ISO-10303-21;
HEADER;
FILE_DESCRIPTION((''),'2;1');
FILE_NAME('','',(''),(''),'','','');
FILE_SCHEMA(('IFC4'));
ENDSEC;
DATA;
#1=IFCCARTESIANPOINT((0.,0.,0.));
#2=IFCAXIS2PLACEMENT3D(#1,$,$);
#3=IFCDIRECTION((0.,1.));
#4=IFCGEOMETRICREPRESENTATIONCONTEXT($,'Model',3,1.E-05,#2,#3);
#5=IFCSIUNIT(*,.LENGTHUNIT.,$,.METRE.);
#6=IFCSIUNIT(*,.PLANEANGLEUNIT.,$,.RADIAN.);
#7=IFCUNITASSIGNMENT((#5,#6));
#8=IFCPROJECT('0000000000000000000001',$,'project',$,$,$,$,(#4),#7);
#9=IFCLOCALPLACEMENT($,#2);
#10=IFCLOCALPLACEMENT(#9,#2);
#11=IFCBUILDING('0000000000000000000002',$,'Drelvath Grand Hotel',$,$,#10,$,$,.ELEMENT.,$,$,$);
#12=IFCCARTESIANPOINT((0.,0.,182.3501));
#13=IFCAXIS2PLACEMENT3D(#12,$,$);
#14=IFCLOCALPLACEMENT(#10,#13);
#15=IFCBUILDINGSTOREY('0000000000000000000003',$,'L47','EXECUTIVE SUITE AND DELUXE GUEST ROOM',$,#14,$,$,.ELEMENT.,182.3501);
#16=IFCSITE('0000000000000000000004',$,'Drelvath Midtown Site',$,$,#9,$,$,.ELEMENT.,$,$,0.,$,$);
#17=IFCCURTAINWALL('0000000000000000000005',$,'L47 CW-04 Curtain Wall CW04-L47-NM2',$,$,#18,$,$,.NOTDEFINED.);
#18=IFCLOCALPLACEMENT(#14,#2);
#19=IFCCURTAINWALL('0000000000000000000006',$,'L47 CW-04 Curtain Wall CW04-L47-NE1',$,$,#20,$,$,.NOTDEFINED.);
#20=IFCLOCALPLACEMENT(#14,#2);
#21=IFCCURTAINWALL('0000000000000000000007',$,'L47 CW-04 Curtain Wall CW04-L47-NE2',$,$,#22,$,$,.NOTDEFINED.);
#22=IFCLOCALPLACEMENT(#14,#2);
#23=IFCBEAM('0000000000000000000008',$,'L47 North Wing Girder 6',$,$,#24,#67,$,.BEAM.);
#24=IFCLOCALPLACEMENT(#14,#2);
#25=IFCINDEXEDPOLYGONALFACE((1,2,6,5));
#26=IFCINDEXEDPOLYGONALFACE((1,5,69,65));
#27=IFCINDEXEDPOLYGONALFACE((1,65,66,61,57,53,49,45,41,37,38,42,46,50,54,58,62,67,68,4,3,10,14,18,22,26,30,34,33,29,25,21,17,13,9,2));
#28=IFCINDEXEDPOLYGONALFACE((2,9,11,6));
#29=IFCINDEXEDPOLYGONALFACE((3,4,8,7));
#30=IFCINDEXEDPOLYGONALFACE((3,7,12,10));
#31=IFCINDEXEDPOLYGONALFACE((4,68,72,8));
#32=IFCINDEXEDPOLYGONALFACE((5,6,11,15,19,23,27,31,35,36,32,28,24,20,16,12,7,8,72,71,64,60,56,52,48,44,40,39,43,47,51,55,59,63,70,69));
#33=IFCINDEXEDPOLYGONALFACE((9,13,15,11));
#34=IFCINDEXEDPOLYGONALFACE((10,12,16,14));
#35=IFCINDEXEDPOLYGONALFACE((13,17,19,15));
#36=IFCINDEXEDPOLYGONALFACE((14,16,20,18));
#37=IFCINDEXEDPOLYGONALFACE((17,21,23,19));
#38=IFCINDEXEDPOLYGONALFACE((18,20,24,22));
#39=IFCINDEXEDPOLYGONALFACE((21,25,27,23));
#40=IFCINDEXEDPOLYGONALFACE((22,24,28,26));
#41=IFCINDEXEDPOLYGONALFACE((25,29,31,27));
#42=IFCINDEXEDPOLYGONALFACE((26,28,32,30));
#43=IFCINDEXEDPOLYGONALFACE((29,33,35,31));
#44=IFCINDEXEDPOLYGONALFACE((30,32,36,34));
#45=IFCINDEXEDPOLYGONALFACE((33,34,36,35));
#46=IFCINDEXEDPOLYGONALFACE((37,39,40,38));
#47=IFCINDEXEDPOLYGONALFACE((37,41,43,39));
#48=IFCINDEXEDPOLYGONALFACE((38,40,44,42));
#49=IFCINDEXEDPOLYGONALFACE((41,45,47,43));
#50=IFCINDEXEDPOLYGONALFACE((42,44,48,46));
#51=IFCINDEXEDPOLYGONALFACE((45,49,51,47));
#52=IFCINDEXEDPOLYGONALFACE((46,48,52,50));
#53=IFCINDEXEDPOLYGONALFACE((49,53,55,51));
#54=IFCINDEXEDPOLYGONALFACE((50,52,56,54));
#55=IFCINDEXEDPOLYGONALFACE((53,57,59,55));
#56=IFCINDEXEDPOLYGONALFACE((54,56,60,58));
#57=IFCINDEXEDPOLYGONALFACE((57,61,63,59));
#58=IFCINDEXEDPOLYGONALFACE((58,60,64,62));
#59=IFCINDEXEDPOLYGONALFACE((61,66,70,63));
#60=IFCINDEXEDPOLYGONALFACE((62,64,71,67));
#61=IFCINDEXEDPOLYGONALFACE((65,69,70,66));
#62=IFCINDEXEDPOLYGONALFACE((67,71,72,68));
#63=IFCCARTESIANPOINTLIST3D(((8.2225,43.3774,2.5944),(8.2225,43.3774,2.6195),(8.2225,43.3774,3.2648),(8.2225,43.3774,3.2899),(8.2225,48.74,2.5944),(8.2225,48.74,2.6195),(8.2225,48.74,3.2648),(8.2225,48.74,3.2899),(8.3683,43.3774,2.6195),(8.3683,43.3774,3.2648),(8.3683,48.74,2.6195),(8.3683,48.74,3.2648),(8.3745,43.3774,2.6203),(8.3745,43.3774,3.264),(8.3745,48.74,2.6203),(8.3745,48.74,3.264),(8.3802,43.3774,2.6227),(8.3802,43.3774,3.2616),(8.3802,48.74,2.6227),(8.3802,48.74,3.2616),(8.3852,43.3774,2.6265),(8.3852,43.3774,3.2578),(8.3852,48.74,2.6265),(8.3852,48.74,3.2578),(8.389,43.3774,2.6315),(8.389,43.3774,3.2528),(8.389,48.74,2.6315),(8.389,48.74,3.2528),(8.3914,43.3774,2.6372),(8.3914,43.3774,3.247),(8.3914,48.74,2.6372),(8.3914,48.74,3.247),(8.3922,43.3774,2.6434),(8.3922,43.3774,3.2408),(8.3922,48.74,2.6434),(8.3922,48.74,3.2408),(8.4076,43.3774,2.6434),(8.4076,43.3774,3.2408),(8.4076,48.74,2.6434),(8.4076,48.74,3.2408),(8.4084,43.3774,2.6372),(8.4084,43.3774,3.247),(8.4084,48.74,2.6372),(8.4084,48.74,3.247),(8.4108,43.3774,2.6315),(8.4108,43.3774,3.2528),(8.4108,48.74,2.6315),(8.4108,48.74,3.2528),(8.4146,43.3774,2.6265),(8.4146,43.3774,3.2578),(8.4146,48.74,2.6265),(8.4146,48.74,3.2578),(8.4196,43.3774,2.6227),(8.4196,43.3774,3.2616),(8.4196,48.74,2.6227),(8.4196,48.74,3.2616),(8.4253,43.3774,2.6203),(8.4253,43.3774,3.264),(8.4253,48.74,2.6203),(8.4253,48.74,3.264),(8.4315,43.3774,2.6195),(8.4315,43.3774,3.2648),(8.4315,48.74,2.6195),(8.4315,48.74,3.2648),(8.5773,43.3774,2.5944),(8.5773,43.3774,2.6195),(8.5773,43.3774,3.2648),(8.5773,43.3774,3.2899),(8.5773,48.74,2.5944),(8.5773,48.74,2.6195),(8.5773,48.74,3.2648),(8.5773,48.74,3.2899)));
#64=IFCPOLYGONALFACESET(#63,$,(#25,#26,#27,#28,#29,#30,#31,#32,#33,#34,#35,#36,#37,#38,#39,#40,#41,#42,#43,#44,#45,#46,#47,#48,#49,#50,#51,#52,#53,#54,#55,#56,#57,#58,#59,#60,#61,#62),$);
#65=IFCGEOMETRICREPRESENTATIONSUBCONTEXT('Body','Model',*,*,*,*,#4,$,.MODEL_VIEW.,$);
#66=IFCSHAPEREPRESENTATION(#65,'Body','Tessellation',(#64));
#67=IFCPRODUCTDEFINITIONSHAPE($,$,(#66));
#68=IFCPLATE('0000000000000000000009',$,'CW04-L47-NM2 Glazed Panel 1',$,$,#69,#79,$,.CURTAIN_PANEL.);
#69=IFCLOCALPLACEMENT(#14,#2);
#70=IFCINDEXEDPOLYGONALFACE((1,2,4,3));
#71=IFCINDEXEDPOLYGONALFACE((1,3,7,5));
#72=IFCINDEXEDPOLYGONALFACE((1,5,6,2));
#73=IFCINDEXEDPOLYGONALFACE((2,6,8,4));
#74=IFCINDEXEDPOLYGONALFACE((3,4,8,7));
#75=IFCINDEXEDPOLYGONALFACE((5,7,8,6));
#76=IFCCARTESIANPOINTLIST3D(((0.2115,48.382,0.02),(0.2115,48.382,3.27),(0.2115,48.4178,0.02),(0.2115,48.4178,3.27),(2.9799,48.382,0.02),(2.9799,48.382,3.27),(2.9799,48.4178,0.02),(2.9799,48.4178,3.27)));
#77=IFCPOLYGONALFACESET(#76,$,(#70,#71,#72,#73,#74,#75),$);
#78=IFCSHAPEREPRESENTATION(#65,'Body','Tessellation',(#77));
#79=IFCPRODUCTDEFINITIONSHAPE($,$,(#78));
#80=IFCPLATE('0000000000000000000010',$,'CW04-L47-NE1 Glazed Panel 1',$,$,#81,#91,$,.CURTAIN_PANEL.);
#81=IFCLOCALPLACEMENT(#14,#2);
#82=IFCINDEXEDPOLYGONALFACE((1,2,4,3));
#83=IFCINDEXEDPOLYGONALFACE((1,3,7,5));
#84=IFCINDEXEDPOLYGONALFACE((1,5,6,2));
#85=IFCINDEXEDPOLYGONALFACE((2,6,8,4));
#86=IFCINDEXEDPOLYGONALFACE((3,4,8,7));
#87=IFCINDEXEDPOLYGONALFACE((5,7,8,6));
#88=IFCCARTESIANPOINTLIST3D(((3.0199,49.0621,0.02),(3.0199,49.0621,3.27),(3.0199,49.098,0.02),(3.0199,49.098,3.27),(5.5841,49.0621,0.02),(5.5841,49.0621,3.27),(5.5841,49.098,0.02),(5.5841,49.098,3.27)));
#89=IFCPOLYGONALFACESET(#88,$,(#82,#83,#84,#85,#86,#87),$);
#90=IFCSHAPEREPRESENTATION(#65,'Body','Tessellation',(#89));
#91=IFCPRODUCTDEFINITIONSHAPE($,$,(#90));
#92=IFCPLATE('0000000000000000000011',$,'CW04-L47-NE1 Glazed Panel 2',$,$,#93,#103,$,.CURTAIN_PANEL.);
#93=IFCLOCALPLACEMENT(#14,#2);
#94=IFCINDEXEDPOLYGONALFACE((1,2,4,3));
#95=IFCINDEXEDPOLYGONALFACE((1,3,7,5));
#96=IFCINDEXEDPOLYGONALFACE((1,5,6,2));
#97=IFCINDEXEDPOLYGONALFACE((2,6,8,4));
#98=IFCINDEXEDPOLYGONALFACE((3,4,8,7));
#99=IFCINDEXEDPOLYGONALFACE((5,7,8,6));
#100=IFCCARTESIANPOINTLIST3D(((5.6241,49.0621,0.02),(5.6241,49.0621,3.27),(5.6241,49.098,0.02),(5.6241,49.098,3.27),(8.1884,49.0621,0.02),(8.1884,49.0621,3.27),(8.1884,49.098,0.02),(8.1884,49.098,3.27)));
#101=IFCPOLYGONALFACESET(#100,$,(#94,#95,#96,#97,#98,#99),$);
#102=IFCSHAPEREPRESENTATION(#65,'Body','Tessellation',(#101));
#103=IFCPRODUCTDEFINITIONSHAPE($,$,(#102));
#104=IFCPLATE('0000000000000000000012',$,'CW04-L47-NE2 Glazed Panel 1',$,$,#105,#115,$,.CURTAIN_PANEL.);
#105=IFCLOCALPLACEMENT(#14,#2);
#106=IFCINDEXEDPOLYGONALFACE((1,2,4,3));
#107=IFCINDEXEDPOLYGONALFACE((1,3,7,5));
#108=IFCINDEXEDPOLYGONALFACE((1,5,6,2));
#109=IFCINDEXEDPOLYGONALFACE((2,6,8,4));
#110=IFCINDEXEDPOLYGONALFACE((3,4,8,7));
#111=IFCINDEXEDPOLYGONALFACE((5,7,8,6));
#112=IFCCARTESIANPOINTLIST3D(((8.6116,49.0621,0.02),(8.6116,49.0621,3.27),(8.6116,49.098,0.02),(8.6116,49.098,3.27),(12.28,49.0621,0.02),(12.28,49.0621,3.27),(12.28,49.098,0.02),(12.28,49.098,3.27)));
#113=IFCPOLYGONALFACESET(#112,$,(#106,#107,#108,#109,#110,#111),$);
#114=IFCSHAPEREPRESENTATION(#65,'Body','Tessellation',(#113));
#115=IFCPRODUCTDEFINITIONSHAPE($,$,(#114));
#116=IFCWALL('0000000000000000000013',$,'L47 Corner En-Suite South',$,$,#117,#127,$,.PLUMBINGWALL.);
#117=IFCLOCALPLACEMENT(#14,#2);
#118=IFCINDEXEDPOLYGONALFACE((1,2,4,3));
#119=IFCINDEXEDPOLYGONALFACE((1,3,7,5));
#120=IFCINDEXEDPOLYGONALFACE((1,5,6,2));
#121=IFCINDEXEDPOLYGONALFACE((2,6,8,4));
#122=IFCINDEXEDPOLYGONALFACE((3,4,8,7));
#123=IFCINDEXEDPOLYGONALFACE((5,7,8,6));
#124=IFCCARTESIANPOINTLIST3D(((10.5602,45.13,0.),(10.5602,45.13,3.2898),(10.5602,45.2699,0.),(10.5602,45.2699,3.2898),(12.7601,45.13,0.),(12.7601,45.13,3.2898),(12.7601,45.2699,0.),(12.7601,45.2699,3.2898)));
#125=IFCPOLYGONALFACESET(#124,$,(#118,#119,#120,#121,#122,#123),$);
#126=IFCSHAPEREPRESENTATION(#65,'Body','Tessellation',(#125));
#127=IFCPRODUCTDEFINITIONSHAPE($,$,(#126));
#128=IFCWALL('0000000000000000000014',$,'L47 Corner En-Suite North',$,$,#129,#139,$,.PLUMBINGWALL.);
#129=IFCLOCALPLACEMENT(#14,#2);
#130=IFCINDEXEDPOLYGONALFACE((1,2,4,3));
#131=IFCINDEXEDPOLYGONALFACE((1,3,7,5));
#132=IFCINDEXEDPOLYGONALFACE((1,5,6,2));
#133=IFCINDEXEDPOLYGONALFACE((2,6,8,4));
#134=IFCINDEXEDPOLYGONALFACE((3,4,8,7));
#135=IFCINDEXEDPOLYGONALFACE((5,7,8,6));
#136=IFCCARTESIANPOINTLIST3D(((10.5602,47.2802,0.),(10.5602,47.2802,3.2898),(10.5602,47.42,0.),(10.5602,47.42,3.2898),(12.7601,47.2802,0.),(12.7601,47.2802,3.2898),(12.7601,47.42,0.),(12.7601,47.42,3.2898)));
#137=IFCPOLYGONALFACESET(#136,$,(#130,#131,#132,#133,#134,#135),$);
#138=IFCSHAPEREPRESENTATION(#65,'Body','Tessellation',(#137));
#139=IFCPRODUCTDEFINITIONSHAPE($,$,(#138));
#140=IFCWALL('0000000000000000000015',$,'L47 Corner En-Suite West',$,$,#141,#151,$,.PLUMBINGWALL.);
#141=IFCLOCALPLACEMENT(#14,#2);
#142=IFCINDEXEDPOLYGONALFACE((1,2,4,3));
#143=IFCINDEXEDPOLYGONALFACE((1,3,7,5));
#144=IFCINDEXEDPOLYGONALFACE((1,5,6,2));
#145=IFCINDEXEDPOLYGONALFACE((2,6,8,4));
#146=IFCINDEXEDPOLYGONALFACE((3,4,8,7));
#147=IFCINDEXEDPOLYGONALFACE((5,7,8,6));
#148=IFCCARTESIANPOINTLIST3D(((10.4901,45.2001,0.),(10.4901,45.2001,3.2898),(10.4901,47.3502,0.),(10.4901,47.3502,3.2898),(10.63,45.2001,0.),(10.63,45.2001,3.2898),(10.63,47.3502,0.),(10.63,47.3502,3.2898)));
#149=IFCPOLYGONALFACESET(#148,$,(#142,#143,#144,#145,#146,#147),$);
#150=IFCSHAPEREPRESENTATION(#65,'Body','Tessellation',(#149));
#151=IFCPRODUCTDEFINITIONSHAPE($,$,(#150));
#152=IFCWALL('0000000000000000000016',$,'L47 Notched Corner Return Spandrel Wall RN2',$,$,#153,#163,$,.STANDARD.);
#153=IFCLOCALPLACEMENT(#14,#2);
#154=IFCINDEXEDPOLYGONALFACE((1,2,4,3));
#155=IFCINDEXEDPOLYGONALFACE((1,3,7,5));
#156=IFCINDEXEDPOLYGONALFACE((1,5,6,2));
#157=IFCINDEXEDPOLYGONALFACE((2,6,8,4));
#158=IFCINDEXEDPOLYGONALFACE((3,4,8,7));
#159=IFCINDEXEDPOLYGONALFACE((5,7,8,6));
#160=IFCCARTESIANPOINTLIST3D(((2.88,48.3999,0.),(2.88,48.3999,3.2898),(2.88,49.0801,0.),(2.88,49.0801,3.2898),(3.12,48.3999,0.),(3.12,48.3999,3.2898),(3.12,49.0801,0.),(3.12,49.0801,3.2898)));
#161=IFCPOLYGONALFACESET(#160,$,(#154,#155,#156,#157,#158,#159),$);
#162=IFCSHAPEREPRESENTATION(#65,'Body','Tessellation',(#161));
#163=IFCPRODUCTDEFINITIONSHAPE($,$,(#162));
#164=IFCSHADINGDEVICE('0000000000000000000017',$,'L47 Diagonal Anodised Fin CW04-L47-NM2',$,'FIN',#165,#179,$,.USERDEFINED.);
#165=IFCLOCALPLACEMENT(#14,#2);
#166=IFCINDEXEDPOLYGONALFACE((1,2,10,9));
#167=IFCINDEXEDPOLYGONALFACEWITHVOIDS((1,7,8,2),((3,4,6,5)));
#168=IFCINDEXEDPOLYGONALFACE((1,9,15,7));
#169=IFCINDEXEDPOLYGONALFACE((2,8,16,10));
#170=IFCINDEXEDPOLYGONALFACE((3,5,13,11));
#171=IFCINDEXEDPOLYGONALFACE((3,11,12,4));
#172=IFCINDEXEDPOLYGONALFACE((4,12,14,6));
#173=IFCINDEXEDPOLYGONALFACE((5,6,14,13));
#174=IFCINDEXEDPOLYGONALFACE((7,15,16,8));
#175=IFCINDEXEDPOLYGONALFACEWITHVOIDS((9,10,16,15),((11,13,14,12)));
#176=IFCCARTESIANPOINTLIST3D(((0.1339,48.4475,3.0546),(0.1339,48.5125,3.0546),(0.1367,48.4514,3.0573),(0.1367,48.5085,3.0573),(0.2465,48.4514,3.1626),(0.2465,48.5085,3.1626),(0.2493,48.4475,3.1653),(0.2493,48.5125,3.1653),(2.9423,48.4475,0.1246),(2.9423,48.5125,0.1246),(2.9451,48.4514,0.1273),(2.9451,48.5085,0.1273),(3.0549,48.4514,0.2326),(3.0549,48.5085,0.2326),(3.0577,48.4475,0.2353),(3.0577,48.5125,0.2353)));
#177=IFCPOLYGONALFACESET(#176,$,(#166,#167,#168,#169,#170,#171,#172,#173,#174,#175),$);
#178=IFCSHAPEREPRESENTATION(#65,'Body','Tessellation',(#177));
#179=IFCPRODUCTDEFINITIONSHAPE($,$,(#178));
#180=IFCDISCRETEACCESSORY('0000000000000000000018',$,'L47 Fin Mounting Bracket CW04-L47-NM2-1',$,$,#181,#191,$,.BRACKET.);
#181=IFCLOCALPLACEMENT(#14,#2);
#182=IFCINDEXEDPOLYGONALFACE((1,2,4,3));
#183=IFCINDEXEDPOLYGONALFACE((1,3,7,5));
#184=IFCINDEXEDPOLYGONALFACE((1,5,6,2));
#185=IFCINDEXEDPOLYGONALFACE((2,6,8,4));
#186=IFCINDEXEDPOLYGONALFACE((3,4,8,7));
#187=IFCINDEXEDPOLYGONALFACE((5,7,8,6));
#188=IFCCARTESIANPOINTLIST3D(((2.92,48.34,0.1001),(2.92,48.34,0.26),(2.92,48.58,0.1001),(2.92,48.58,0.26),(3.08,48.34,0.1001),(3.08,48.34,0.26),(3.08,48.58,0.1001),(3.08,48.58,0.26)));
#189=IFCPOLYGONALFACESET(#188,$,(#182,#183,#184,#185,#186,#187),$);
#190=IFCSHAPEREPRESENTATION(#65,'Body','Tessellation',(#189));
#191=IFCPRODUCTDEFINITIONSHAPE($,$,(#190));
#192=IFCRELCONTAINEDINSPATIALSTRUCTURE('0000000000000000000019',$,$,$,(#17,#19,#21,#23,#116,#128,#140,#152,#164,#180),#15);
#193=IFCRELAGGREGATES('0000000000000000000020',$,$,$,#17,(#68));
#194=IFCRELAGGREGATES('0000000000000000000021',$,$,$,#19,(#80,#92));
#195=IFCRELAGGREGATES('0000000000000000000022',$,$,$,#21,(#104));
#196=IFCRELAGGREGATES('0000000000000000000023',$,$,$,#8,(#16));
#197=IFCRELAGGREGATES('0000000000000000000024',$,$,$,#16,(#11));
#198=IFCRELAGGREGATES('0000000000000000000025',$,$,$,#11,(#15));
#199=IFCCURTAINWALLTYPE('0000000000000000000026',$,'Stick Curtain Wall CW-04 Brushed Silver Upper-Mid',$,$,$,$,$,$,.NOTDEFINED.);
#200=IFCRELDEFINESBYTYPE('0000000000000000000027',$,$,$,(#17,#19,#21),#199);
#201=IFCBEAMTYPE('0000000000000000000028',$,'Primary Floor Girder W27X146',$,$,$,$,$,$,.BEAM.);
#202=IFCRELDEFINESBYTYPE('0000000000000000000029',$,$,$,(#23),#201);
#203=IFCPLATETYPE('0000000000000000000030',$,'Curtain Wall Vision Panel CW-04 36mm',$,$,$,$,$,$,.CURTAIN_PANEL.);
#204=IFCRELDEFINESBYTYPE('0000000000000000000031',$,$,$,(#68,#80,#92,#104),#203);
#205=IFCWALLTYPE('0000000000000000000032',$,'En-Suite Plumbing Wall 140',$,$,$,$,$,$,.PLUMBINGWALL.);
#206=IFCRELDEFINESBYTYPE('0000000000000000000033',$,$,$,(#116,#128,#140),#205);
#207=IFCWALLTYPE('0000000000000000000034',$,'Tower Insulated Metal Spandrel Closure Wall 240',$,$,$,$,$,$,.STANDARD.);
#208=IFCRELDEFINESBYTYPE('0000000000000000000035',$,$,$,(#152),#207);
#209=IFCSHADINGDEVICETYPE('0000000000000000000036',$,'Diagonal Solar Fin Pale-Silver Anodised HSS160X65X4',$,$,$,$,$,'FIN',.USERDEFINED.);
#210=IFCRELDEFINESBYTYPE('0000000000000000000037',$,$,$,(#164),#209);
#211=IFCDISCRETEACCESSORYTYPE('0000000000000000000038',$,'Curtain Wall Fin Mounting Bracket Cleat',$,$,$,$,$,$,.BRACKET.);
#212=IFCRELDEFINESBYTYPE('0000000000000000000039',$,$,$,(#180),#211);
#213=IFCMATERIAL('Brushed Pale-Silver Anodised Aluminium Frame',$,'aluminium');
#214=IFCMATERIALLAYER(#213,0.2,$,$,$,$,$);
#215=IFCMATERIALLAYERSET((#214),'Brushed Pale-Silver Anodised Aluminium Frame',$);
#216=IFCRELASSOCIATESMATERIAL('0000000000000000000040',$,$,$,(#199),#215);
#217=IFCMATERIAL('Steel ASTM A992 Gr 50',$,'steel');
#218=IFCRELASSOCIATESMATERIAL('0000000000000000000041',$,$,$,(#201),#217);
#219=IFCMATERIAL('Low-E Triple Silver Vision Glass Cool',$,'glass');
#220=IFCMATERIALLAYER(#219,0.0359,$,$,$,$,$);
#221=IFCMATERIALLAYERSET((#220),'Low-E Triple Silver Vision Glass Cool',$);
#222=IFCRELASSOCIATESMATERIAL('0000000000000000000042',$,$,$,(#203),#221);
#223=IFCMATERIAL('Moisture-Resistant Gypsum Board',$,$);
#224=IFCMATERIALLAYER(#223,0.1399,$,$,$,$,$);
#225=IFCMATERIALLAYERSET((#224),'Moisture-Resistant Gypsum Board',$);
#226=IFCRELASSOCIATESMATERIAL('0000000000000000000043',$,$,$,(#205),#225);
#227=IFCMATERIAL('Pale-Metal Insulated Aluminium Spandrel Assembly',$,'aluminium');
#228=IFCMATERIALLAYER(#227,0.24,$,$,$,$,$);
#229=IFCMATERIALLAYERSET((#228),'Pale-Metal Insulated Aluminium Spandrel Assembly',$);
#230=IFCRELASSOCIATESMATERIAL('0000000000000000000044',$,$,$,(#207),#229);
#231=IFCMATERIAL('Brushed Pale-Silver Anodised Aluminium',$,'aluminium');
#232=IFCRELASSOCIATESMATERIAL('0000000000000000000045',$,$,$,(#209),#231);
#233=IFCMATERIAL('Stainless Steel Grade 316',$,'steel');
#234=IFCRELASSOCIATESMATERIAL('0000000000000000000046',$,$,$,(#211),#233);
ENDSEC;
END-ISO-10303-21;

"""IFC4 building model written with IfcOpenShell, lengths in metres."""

from ifc_helpers import new_model, si_unit, direction, frame, frame_2d, origin, origin_2d, place, context, subcontext, project, spatial, rectangle, hollow_rectangle, i_section, extrude, material, layer, layer_set, material_profile, profile_set, type_object, element, aggregate, save


model = new_model("IFC4")

# Units and contexts
model_context = context("Model", 3, precision=1e-05, world=origin(), true_north=direction((0.0, 1.0)))
body_context = subcontext(model_context, "Body", "Model", "MODEL_VIEW")
ifc_project = project(units=[si_unit("LENGTHUNIT", "METRE"), si_unit("PLANEANGLEUNIT", "RADIAN")], contexts=[model_context])

# Site, building, storey
site_placement = place(None, origin())
site = spatial("IfcSite", under=ifc_project, at=site_placement, Name="Drelvath Midtown Site", CompositionType="ELEMENT", RefElevation=0.0)
building_placement = place(site_placement, origin())
building = spatial("IfcBuilding", under=site, at=building_placement, Name="Drelvath Grand Hotel", CompositionType="ELEMENT")
storey_placement = place(building_placement, frame((0.0, 0.0, 182.3501)))
storey = spatial("IfcBuildingStorey", under=building, at=storey_placement, Name="L47", Description="EXECUTIVE SUITE AND DELUXE GUEST ROOM", CompositionType="ELEMENT", Elevation=182.3501)

# Curtain walls
ifc_material_1 = material(Name="Brushed Pale-Silver Anodised Aluminium Frame", Category="aluminium")
ifc_layer_1 = layer(ifc_material_1, 0.2)
ifc_layer_set_1 = layer_set([ifc_layer_1], Name="Brushed Pale-Silver Anodised Aluminium Frame")
curtain_wall_type = type_object("IfcCurtainWallType", Name="Stick Curtain Wall CW-04 Brushed Silver Upper-Mid", PredefinedType="NOTDEFINED", material=ifc_layer_set_1)
curtain_wall_1_placement = place(storey_placement, origin())
curtain_wall_1 = element("IfcCurtainWall", 1, at=curtain_wall_1_placement, inside=storey, type_object=curtain_wall_type, Name="L47 CW-04 Curtain Wall CW04-L47-NM2", PredefinedType="NOTDEFINED")
curtain_wall_2_placement = place(storey_placement, origin())
curtain_wall_2 = element("IfcCurtainWall", 2, at=curtain_wall_2_placement, inside=storey, type_object=curtain_wall_type, Name="L47 CW-04 Curtain Wall CW04-L47-NE1", PredefinedType="NOTDEFINED")
curtain_wall_3_placement = place(storey_placement, origin())
curtain_wall_3 = element("IfcCurtainWall", 3, at=curtain_wall_3_placement, inside=storey, type_object=curtain_wall_type, Name="L47 CW-04 Curtain Wall CW04-L47-NE2", PredefinedType="NOTDEFINED")

# Beam
ifc_material_2 = material(Name="Steel ASTM A992 Gr 50", Category="steel")
ifc_material_profile_1 = material_profile(ifc_material_2, i_section(OverallWidth=0.3547, OverallDepth=0.6956, WebThickness=0.0154, FlangeThickness=0.0251, FilletRadius=0.0239, at=origin_2d()), Name="W27X146")
ifc_profile_set_1 = profile_set([ifc_material_profile_1], Name="Steel ASTM A992 Gr 50")
beam_type_1 = type_object("IfcBeamType", Name="Primary Floor Girder W27X146", PredefinedType="BEAM", material=ifc_profile_set_1)
beam_1_placement = place(storey_placement, frame((8.3999, 43.3774, 2.9421), z_axis=(0.0, 1.0, 0.0), x_axis=(-1.0, 0.0, 0.0)))
element("IfcBeam", 4, at=beam_1_placement, inside=storey, type_object=beam_type_1, Name="L47 North Wing Girder 6", PredefinedType="BEAM", context=body_context, shape_type="SweptSolid", body=[
    extrude(i_section(OverallWidth=0.3547, OverallDepth=0.6956, WebThickness=0.0154, FlangeThickness=0.0251, FilletRadius=0.0239, at=origin_2d()), origin(), (0.0, 0.0, 1.0), 5.3625),
])

# Plates
ifc_material_3 = material(Name="Low-E Triple Silver Vision Glass Cool", Category="glass")
ifc_layer_2 = layer(ifc_material_3, 0.0359)
ifc_layer_set_2 = layer_set([ifc_layer_2], Name="Low-E Triple Silver Vision Glass Cool")
plate_type = type_object("IfcPlateType", Name="Curtain Wall Vision Panel CW-04 36mm", PredefinedType="CURTAIN_PANEL", material=ifc_layer_set_2)
plate_1_placement = place(storey_placement, frame((1.5957, 48.3999, 0.02), z_axis=(0.0, 0.0, 1.0), x_axis=(1.0, 0.0, 0.0)))
plate_1 = element("IfcPlate", 5, at=plate_1_placement, type_object=plate_type, Name="CW04-L47-NM2 Glazed Panel 1", PredefinedType="CURTAIN_PANEL", context=body_context, shape_type="SweptSolid", body=[
    extrude(rectangle(XDim=2.7683, YDim=0.0359, at=origin_2d()), origin(), (0.0, 0.0, 1.0), 3.25),
])
aggregate(curtain_wall_1, [plate_1])
plate_2_placement = place(storey_placement, frame((4.302, 49.0801, 0.02), z_axis=(0.0, 0.0, 1.0), x_axis=(1.0, 0.0, 0.0)))
plate_2 = element("IfcPlate", 6, at=plate_2_placement, type_object=plate_type, Name="CW04-L47-NE1 Glazed Panel 1", PredefinedType="CURTAIN_PANEL", context=body_context, shape_type="SweptSolid", body=[
    extrude(rectangle(XDim=2.5642, YDim=0.0359, at=origin_2d()), origin(), (0.0, 0.0, 1.0), 3.25),
])
plate_3_placement = place(storey_placement, frame((6.9062, 49.0801, 0.02), z_axis=(0.0, 0.0, 1.0), x_axis=(1.0, 0.0, 0.0)))
plate_3 = element("IfcPlate", 7, at=plate_3_placement, type_object=plate_type, Name="CW04-L47-NE1 Glazed Panel 2", PredefinedType="CURTAIN_PANEL", context=body_context, shape_type="SweptSolid", body=[
    extrude(rectangle(XDim=2.5642, YDim=0.0359, at=origin_2d()), origin(), (0.0, 0.0, 1.0), 3.25),
])
aggregate(curtain_wall_2, [plate_2, plate_3])
plate_4_placement = place(storey_placement, frame((10.4458, 49.0801, 0.02), z_axis=(0.0, 0.0, 1.0), x_axis=(1.0, 0.0, 0.0)))
plate_4 = element("IfcPlate", 8, at=plate_4_placement, type_object=plate_type, Name="CW04-L47-NE2 Glazed Panel 1", PredefinedType="CURTAIN_PANEL", context=body_context, shape_type="SweptSolid", body=[
    extrude(rectangle(XDim=3.6685, YDim=0.0359, at=origin_2d()), origin(), (0.0, 0.0, 1.0), 3.25),
])
aggregate(curtain_wall_3, [plate_4])

# Walls
ifc_material_4 = material(Name="Moisture-Resistant Gypsum Board")
ifc_layer_3 = layer(ifc_material_4, 0.1399)
ifc_layer_set_3 = layer_set([ifc_layer_3], Name="Moisture-Resistant Gypsum Board")
wall_type_1 = type_object("IfcWallType", Name="En-Suite Plumbing Wall 140", PredefinedType="PLUMBINGWALL", material=ifc_layer_set_3)
for number, where, z_axis, x_axis, name in (
    (9, (10.5601, 45.2, 0.0), (0.0, 0.0, 1.0), (1.0, 0.0, 0.0), "L47 Corner En-Suite South"),
    (10, (10.5601, 47.3501, 0.0), (0.0, 0.0, 1.0), (1.0, 0.0, 0.0), "L47 Corner En-Suite North"),
):
    element("IfcWall", number, at=place(storey_placement, frame(where, z_axis=z_axis, x_axis=x_axis)), inside=storey, type_object=wall_type_1, Name=name, PredefinedType="PLUMBINGWALL", context=body_context, shape_type="SweptSolid", body=[
        extrude(rectangle(XDim=2.2, YDim=0.1399, at=frame_2d((1.1001, 0.0))), origin(), (0.0, 0.0, 1.0), 3.2898),
    ])
wall_1_placement = place(storey_placement, frame((10.5601, 45.2, 0.0), z_axis=(0.0, 0.0, 1.0), x_axis=(0.0, 1.0, 0.0)))
element("IfcWall", 11, at=wall_1_placement, inside=storey, type_object=wall_type_1, Name="L47 Corner En-Suite West", PredefinedType="PLUMBINGWALL", context=body_context, shape_type="SweptSolid", body=[
    extrude(rectangle(XDim=2.1501, YDim=0.1399, at=frame_2d((1.0752, 0.0))), origin(), (0.0, 0.0, 1.0), 3.2898),
])
ifc_material_5 = material(Name="Pale-Metal Insulated Aluminium Spandrel Assembly", Category="aluminium")
ifc_layer_4 = layer(ifc_material_5, 0.24)
ifc_layer_set_4 = layer_set([ifc_layer_4], Name="Pale-Metal Insulated Aluminium Spandrel Assembly")
wall_type_2 = type_object("IfcWallType", Name="Tower Insulated Metal Spandrel Closure Wall 240", PredefinedType="STANDARD", material=ifc_layer_set_4)
wall_2_placement = place(storey_placement, frame((3.0, 48.3999, 0.0), z_axis=(0.0, 0.0, 1.0), x_axis=(0.0, 1.0, 0.0)))
element("IfcWall", 12, at=wall_2_placement, inside=storey, type_object=wall_type_2, Name="L47 Notched Corner Return Spandrel Wall RN2", PredefinedType="STANDARD", context=body_context, shape_type="SweptSolid", body=[
    extrude(rectangle(XDim=0.6802, YDim=0.24, at=frame_2d((0.3401, 0.0))), origin(), (0.0, 0.0, 1.0), 3.2898),
])

# Shading device
ifc_material_6 = material(Name="Brushed Pale-Silver Anodised Aluminium", Category="aluminium")
ifc_material_profile_2 = material_profile(ifc_material_6, hollow_rectangle(XDim=0.0649, YDim=0.1599, WallThickness=0.0039, at=origin_2d()), Name="HSS160X65X4")
ifc_profile_set_2 = profile_set([ifc_material_profile_2], Name="Brushed Pale-Silver Anodised Aluminium")
shading_device_type = type_object("IfcShadingDeviceType", Name="Diagonal Solar Fin Pale-Silver Anodised HSS160X65X4", ElementType="FIN", PredefinedType="USERDEFINED", material=ifc_profile_set_2)
shading_device_placement = place(storey_placement, frame((3.0, 48.48, 0.1799), z_axis=(-0.691969, 0.0, 0.721927), x_axis=(0.0, -1.0, 0.0)))
element("IfcShadingDevice", 13, at=shading_device_placement, inside=storey, type_object=shading_device_type, Name="L47 Diagonal Anodised Fin CW04-L47-NM2", ObjectType="FIN", PredefinedType="USERDEFINED", context=body_context, shape_type="SweptSolid", body=[
    extrude(hollow_rectangle(XDim=0.0649, YDim=0.1599, WallThickness=0.0039, at=origin_2d()), origin(), (0.0, 0.0, 1.0), 4.0586),
])

# Discrete accessory
ifc_material_7 = material(Name="Stainless Steel Grade 316", Category="steel")
discrete_accessory_type = type_object("IfcDiscreteAccessoryType", Name="Curtain Wall Fin Mounting Bracket Cleat", PredefinedType="BRACKET", material=ifc_material_7)
discrete_accessory_placement = place(storey_placement, frame((3.0, 48.46, 0.1001), z_axis=(0.0, 0.0, 1.0), x_axis=(1.0, 0.0, 0.0)))
element("IfcDiscreteAccessory", 14, at=discrete_accessory_placement, inside=storey, type_object=discrete_accessory_type, Name="L47 Fin Mounting Bracket CW04-L47-NM2-1", PredefinedType="BRACKET", context=body_context, shape_type="SweptSolid", body=[
    extrude(rectangle(XDim=0.1599, YDim=0.24, at=origin_2d()), origin(), (0.0, 0.0, 1.0), 0.1599),
])

save(model, "model.ifc")
